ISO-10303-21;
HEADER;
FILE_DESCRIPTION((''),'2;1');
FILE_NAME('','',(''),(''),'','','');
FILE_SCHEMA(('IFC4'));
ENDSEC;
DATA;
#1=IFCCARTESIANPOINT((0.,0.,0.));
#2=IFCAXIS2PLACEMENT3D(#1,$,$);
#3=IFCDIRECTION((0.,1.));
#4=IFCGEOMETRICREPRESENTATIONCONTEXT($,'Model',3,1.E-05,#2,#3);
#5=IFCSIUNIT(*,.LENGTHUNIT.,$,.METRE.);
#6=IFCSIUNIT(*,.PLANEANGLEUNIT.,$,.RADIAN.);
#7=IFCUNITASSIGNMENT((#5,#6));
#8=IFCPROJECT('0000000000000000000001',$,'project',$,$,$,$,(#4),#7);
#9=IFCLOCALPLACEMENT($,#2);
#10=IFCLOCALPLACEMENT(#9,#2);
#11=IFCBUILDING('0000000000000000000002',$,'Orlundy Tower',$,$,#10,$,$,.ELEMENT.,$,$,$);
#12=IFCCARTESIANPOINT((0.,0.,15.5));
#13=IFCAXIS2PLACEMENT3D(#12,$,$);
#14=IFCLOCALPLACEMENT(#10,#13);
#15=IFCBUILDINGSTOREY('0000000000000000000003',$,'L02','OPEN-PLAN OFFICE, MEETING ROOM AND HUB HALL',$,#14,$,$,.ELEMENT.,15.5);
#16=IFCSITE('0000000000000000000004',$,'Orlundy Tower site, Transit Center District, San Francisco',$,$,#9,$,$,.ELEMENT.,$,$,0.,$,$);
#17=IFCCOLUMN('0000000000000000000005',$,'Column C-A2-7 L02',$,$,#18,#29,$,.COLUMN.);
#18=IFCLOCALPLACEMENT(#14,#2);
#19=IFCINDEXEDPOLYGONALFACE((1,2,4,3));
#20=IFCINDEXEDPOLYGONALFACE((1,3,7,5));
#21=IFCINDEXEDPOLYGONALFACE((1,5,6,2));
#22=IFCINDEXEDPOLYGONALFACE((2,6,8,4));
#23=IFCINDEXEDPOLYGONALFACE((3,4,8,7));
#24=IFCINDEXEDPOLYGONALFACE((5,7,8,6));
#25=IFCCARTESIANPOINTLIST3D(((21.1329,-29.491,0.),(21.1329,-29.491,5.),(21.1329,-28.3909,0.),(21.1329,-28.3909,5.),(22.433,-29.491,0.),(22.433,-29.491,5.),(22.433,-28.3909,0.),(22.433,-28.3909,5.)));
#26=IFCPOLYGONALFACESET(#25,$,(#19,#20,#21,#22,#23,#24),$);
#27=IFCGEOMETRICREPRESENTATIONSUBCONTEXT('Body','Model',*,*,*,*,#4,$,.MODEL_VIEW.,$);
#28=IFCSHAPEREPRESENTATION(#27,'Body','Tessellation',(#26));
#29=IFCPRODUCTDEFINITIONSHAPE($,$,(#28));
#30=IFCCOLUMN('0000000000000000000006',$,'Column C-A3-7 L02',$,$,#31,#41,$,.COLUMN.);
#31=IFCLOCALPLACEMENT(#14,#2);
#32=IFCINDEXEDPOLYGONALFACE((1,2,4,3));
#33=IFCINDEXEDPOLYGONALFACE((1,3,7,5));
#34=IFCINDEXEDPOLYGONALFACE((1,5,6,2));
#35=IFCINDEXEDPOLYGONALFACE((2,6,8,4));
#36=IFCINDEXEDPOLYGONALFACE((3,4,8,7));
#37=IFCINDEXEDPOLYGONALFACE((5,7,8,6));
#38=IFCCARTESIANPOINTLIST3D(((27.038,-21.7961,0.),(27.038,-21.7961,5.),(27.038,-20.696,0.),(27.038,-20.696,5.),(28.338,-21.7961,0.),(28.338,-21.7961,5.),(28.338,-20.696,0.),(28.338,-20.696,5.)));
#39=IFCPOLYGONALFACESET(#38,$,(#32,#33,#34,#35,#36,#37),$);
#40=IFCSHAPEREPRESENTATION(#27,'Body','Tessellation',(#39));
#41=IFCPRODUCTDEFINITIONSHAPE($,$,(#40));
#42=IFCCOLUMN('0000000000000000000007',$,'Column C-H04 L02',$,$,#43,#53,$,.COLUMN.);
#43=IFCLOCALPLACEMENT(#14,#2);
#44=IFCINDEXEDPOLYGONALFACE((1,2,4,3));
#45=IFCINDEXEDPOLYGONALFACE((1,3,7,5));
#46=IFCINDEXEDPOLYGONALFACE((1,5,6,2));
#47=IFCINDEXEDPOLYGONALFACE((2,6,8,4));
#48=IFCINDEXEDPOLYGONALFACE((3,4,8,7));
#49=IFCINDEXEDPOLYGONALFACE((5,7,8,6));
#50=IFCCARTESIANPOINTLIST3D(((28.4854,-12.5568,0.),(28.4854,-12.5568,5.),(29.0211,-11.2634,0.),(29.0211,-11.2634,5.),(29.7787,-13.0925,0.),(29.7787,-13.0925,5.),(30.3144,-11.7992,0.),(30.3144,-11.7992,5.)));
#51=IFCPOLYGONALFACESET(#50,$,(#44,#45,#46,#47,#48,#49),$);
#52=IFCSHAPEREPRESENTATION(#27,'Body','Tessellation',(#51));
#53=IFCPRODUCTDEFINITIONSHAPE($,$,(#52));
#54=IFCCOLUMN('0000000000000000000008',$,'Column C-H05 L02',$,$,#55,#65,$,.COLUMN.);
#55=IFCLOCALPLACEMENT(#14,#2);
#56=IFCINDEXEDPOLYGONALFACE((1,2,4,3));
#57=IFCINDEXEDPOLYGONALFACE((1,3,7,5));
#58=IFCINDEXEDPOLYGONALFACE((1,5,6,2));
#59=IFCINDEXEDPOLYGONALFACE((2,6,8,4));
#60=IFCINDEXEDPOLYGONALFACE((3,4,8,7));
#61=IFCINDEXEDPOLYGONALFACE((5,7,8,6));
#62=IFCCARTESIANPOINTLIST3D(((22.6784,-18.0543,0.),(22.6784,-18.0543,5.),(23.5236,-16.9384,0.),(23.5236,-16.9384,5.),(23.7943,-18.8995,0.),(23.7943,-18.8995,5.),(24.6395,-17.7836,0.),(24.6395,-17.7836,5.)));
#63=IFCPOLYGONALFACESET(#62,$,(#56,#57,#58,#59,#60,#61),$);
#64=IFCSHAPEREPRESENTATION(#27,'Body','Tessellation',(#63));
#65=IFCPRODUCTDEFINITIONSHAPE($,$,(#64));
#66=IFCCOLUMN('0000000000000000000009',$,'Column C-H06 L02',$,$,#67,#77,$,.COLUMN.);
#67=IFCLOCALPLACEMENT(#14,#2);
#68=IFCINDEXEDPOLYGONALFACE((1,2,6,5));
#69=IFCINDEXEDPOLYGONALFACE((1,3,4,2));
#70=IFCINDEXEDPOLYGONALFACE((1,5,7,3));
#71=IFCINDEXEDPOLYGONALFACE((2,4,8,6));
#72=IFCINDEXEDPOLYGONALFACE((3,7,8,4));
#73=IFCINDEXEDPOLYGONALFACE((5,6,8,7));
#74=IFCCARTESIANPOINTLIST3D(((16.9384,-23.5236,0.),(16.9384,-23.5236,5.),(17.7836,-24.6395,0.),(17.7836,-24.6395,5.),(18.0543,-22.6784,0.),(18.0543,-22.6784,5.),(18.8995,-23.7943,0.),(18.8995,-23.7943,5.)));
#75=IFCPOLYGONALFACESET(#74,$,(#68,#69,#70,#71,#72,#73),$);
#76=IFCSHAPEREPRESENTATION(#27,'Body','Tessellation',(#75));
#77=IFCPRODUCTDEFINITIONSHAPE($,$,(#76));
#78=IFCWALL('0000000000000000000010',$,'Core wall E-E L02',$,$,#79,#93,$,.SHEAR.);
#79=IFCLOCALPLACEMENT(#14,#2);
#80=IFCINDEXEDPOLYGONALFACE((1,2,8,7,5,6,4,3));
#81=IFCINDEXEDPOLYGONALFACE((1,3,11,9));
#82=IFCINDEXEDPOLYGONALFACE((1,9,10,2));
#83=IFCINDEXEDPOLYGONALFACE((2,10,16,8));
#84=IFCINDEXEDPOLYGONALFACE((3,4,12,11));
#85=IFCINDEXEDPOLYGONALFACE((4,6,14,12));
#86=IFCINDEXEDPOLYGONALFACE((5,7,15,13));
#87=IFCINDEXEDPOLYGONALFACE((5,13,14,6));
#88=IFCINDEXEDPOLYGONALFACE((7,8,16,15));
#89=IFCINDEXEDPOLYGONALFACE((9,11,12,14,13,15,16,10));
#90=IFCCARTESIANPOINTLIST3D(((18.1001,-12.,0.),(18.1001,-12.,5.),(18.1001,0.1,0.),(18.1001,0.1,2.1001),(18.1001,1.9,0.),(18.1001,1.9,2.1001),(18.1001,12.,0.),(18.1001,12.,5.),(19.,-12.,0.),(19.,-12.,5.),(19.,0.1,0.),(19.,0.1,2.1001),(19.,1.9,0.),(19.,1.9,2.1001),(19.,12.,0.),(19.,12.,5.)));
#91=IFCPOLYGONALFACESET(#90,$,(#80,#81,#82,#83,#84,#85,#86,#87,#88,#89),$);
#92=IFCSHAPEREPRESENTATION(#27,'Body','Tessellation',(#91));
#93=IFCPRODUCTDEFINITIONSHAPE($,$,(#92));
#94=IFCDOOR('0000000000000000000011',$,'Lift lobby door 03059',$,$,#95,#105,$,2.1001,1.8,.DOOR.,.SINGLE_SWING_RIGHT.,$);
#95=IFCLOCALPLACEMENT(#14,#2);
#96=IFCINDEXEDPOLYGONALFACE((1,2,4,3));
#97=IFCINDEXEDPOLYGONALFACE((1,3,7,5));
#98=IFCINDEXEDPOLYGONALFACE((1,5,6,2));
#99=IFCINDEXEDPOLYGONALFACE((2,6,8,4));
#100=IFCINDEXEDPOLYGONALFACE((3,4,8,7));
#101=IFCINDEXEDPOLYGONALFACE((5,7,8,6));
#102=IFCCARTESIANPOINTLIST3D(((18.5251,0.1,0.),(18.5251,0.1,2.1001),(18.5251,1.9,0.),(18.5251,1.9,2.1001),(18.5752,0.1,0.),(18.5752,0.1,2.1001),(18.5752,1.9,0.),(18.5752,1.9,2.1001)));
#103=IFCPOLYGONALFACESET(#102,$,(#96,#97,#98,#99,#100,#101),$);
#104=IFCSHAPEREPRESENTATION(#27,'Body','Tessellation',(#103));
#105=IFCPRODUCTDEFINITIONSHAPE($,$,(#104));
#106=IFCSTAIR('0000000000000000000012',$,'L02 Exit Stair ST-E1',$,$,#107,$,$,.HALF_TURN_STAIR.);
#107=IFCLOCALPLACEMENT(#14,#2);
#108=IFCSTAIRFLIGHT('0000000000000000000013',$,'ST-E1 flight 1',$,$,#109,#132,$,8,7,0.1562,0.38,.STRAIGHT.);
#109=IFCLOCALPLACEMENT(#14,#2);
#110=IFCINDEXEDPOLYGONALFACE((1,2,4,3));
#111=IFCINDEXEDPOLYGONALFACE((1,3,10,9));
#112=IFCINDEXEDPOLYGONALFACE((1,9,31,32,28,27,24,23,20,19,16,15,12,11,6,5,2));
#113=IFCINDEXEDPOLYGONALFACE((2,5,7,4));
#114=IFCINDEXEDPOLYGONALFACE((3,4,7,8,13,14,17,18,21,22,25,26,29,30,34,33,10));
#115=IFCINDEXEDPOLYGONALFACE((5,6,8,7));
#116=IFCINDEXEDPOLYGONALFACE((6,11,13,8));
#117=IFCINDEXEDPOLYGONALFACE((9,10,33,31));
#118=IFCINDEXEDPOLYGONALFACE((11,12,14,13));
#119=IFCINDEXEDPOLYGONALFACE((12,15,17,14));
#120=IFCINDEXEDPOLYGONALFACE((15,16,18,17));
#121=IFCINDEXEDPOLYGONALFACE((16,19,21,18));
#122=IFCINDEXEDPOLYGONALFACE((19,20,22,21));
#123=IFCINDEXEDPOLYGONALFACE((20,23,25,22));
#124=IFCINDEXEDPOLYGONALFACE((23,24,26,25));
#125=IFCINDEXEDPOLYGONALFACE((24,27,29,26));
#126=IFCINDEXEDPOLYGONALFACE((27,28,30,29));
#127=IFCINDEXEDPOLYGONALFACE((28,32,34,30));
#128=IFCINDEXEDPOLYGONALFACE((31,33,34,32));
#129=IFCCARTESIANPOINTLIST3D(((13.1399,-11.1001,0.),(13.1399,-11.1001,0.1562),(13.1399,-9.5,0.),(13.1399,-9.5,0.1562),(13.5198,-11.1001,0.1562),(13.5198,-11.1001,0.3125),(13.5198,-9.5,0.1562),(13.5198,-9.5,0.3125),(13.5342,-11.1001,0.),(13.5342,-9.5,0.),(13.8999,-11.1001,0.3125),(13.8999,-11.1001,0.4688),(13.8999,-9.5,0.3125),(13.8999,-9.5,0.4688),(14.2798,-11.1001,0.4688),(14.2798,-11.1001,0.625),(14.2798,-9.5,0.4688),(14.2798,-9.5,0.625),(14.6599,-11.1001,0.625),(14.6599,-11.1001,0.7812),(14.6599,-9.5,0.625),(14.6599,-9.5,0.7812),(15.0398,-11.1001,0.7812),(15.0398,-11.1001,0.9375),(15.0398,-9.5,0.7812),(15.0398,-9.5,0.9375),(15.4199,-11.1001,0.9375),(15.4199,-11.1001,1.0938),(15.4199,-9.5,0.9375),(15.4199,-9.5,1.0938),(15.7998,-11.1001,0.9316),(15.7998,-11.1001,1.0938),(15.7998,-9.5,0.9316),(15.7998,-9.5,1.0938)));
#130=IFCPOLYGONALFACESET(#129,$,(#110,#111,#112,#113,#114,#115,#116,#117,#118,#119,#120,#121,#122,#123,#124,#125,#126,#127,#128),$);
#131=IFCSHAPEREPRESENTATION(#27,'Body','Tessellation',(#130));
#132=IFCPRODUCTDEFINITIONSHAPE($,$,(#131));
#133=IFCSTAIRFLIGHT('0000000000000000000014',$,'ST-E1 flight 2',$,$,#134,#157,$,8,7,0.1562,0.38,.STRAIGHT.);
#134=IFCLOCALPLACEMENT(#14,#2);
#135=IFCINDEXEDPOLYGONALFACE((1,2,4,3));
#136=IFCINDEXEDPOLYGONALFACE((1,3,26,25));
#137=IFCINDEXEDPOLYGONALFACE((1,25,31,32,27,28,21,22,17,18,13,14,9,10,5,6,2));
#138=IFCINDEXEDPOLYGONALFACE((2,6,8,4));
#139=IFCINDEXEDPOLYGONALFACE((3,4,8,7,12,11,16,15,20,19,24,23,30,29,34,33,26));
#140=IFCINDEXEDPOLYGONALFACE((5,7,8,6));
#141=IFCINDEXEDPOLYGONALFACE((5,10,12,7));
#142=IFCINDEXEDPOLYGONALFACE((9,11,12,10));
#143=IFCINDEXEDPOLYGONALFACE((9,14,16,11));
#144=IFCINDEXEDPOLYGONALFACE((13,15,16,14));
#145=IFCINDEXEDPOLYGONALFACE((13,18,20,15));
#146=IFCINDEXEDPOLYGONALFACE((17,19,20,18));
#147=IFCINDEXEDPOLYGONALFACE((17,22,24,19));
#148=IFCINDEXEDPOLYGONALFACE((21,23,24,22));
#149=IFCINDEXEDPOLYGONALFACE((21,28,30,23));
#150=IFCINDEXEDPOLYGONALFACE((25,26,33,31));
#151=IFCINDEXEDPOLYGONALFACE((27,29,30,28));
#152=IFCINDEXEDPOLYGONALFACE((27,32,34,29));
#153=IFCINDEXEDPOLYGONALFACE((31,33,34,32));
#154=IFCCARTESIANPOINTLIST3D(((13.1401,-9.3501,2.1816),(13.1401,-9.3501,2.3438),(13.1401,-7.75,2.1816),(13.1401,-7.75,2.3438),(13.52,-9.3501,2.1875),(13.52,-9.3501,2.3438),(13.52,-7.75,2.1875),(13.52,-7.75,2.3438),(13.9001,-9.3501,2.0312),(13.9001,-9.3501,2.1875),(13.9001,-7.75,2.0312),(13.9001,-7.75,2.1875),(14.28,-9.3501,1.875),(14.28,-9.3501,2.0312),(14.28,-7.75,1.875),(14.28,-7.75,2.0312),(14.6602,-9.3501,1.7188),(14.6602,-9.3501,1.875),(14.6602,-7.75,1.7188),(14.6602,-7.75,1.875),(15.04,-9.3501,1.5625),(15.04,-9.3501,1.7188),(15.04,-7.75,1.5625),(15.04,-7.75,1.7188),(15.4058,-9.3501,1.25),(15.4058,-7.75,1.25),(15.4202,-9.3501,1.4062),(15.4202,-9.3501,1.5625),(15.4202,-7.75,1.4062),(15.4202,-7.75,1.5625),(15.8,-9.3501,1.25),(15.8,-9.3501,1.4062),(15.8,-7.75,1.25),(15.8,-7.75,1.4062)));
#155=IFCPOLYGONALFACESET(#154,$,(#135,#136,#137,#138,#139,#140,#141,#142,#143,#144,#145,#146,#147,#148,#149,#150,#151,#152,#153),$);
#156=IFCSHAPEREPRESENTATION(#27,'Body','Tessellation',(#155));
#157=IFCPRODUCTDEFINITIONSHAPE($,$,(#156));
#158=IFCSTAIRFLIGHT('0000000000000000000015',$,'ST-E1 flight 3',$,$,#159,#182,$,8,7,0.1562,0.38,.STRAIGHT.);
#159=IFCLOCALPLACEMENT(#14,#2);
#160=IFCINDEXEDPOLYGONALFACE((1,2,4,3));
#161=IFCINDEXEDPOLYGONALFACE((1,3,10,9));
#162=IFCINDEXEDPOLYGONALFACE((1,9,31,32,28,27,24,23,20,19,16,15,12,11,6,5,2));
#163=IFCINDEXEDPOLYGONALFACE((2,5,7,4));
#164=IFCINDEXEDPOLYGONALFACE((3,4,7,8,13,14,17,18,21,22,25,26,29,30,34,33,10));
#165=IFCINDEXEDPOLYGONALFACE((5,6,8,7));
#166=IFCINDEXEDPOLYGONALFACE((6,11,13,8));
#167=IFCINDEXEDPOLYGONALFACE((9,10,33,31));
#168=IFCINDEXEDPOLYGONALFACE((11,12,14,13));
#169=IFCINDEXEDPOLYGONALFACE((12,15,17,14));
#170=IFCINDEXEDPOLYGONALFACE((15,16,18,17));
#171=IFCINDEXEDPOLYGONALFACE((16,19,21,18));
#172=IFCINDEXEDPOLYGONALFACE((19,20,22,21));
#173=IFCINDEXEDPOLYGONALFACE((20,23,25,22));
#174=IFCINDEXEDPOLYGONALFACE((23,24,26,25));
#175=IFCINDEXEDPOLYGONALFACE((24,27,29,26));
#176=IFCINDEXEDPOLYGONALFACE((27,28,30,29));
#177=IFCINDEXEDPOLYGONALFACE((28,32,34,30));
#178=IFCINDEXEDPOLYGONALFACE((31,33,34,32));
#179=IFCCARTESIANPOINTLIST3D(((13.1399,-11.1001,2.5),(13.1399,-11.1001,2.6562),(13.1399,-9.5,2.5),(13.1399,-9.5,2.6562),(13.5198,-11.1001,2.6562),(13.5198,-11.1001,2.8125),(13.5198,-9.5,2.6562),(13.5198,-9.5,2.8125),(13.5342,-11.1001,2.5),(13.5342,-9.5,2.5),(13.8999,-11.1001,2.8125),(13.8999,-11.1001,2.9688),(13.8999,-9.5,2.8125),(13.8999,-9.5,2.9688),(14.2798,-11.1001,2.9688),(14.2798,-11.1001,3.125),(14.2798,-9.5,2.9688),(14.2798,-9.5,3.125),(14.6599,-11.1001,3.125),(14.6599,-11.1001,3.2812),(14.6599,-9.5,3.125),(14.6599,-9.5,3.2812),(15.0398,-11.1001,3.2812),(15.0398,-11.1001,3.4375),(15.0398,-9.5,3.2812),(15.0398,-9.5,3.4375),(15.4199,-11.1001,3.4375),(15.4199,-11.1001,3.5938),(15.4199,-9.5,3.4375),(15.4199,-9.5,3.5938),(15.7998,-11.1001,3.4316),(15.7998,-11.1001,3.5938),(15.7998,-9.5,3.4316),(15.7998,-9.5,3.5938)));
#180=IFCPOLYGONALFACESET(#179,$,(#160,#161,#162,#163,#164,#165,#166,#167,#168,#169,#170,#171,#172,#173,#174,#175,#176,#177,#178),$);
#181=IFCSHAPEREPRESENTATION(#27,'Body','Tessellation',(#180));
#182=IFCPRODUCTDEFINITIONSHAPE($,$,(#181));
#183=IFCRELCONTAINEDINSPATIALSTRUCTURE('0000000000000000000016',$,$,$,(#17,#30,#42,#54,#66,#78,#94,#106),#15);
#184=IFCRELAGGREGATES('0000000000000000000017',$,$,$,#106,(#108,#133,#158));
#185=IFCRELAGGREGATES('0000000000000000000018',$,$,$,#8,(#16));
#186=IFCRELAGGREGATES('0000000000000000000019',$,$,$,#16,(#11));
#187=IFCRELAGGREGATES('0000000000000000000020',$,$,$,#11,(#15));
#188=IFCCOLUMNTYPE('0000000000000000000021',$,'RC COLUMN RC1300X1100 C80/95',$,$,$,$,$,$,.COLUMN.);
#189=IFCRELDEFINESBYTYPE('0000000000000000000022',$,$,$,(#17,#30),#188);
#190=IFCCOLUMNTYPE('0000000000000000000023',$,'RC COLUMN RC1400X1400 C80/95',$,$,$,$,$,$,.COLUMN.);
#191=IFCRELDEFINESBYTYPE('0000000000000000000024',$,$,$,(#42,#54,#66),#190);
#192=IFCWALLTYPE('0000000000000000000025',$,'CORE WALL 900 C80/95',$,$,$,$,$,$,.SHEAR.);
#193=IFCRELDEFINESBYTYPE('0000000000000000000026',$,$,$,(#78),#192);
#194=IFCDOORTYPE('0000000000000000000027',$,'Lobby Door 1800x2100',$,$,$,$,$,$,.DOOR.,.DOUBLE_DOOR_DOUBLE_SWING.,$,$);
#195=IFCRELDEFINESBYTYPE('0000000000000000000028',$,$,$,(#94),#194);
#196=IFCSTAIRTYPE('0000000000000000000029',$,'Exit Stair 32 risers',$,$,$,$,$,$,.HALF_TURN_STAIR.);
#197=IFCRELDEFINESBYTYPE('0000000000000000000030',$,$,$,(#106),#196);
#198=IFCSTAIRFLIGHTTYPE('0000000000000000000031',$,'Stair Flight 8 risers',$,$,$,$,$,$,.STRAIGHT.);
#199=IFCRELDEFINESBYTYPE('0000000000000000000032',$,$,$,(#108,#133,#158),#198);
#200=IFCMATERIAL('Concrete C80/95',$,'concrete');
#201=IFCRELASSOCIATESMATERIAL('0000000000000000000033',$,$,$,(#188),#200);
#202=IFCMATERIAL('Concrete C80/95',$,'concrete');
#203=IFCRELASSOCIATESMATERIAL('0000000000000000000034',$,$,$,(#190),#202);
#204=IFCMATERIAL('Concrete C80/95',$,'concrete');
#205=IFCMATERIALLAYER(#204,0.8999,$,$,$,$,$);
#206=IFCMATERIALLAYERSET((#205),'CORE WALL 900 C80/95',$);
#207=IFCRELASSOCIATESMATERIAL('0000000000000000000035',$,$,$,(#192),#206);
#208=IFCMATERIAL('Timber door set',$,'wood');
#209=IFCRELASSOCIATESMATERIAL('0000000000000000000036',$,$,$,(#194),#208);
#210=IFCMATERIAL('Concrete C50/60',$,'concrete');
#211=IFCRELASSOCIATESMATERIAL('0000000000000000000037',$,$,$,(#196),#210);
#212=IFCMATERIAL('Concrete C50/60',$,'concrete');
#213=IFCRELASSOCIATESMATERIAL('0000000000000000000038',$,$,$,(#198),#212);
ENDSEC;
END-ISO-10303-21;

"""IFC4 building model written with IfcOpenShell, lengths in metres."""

from ifc_helpers import new_model, si_unit, direction, frame, frame_2d, origin, origin_2d, place, context, subcontext, project, spatial, polyline, rectangle, outline, extrude, material, layer, layer_set, material_profile, profile_set, type_object, element, fill, aggregate, save


model = new_model("IFC4")

# Units and contexts
model_context = context("Model", 3, precision=1e-05, world=origin(), true_north=direction((0.0, 1.0)))
body_context = subcontext(model_context, "Body", "Model", "MODEL_VIEW")
ifc_project = project(units=[si_unit("LENGTHUNIT", "METRE"), si_unit("PLANEANGLEUNIT", "RADIAN")], contexts=[model_context])

# Site, building, storey
site_placement = place(None, origin())
site = spatial("IfcSite", under=ifc_project, at=site_placement, Name="Orlundy Tower site, Transit Center District, San Francisco", CompositionType="ELEMENT", RefElevation=0.0)
building_placement = place(site_placement, origin())
building = spatial("IfcBuilding", under=site, at=building_placement, Name="Orlundy Tower", CompositionType="ELEMENT")
storey_placement = place(building_placement, frame((0.0, 0.0, 15.5)))
storey = spatial("IfcBuildingStorey", under=building, at=storey_placement, Name="L02", Description="OPEN-PLAN OFFICE, MEETING ROOM AND HUB HALL", CompositionType="ELEMENT", Elevation=15.5)

# Columns
ifc_material_1 = material(Name="Concrete C80/95", Category="concrete")
ifc_material_profile_1 = material_profile(ifc_material_1, rectangle(XDim=1.3, YDim=1.1001, at=origin_2d()), Name="RC1300X1100")
ifc_profile_set_1 = profile_set([ifc_material_profile_1], Name="Concrete C80/95")
column_type_1 = type_object("IfcColumnType", Name="RC COLUMN RC1300X1100 C80/95", PredefinedType="COLUMN", material=ifc_profile_set_1)
for number, where, z_axis, x_axis, name in (
    (1, (21.783, -28.9409, 0.0), (0.0, 0.0, 1.0), (1.0, 0.0, 0.0), "Column C-A2-7 L02"),
    (2, (27.688, -21.2461, 0.0), (0.0, 0.0, 1.0), (1.0, 0.0, 0.0), "Column C-A3-7 L02"),
):
    element("IfcColumn", number, at=place(storey_placement, frame(where, z_axis=z_axis, x_axis=x_axis)), inside=storey, type_object=column_type_1, Name=name, PredefinedType="COLUMN", context=body_context, shape_type="SweptSolid", body=[
        extrude(rectangle(XDim=1.3, YDim=1.1001, at=origin_2d()), origin(), (0.0, 0.0, 1.0), 5.0),
    ])
ifc_material_2 = material(Name="Concrete C80/95", Category="concrete")
ifc_material_profile_2 = material_profile(ifc_material_2, rectangle(XDim=1.3999, YDim=1.3999, at=origin_2d()), Name="RC1400X1400")
ifc_profile_set_2 = profile_set([ifc_material_profile_2], Name="Concrete C80/95")
column_type_2 = type_object("IfcColumnType", Name="RC COLUMN RC1400X1400 C80/95", PredefinedType="COLUMN", material=ifc_profile_set_2)
for number, where, z_axis, x_axis, name in (
    (3, (29.3999, -12.178, 0.0), (0.0, 0.0, 1.0), (0.92388, -0.382683, 0.0), "Column C-H04 L02"),
    (4, (23.6589, -17.9189, 0.0), (0.0, 0.0, 1.0), (0.797163, -0.603765, 0.0), "Column C-H05 L02"),
    (5, (17.9189, -23.6589, 0.0), (0.0, 0.0, 1.0), (0.603765, -0.797163, 0.0), "Column C-H06 L02"),
):
    element("IfcColumn", number, at=place(storey_placement, frame(where, z_axis=z_axis, x_axis=x_axis)), inside=storey, type_object=column_type_2, Name=name, PredefinedType="COLUMN", context=body_context, shape_type="SweptSolid", body=[
        extrude(rectangle(XDim=1.3999, YDim=1.3999, at=origin_2d()), origin(), (0.0, 0.0, 1.0), 5.0),
    ])

# Wall, opening, door
ifc_material_3 = material(Name="Concrete C80/95", Category="concrete")
ifc_layer = layer(ifc_material_3, 0.8999)
ifc_layer_set = layer_set([ifc_layer], Name="CORE WALL 900 C80/95")
wall_type = type_object("IfcWallType", Name="CORE WALL 900 C80/95", PredefinedType="SHEAR", material=ifc_layer_set)
wall_placement = place(storey_placement, frame((18.55, -12.0, 0.0), z_axis=(0.0, 0.0, 1.0), x_axis=(0.0, 1.0, 0.0)))
wall = element("IfcWall", 6, at=wall_placement, inside=storey, type_object=wall_type, Name="Core wall E-E L02", PredefinedType="SHEAR", context=body_context, shape_type="SweptSolid", body=[
    extrude(rectangle(XDim=24.0, YDim=0.8999, at=frame_2d((12.0, 0.0))), origin(), (0.0, 0.0, 1.0), 5.0),
])
opening_placement = place(wall_placement, frame((12.1001, 0.0, 0.0)))
opening = element("IfcOpeningElement", 7, at=opening_placement, cuts=wall, PredefinedType="OPENING", context=body_context, shape_type="SweptSolid", body=[
    extrude(rectangle(XDim=1.8, YDim=2.1001, at=frame_2d((0.8999, 1.05))), frame((0.0, 0.46, 0.0), z_axis=(0.0, -1.0, 0.0), x_axis=(1.0, 0.0, 0.0)), (0.0, 0.0, 1.0), 0.9199),
])
ifc_material_4 = material(Name="Timber door set", Category="wood")
door_type = type_object("IfcDoorType", Name="Lobby Door 1800x2100", OperationType="DOUBLE_DOOR_DOUBLE_SWING", PredefinedType="DOOR", material=ifc_material_4)
door_placement = place(opening_placement, origin())
door = element("IfcDoor", 8, at=door_placement, inside=storey, type_object=door_type, Name="Lift lobby door 03059", OperationType="SINGLE_SWING_RIGHT", OverallHeight=2.1001, OverallWidth=1.8, PredefinedType="DOOR", context=body_context, shape_type="SweptSolid", body=[
    extrude(rectangle(XDim=1.8, YDim=2.1001, at=frame_2d((0.8999, 1.05))), frame((0.0, 0.0249, 0.0), z_axis=(0.0, -1.0, 0.0), x_axis=(1.0, 0.0, 0.0)), (0.0, 0.0, 1.0), 0.05),
])
fill(opening, door)

# Stair, stair flights
ifc_material_5 = material(Name="Concrete C50/60", Category="concrete")
stair_type = type_object("IfcStairType", Name="Exit Stair 32 risers", PredefinedType="HALF_TURN_STAIR", material=ifc_material_5)
stair_placement = place(storey_placement, origin())
stair = element("IfcStair", 9, at=stair_placement, inside=storey, type_object=stair_type, Name="L02 Exit Stair ST-E1", PredefinedType="HALF_TURN_STAIR")
ifc_material_6 = material(Name="Concrete C50/60", Category="concrete")
stair_flight_type = type_object("IfcStairFlightType", Name="Stair Flight 8 risers", PredefinedType="STRAIGHT", material=ifc_material_6)
stair_flight_1_placement = place(storey_placement, frame((13.1399, -10.3, 0.0), z_axis=(0.0, 0.0, 1.0), x_axis=(1.0, 0.0, 0.0)))
stair_flight_1 = element("IfcStairFlight", 10, at=stair_flight_1_placement, type_object=stair_flight_type, Name="ST-E1 flight 1", NumberOfRisers=8, NumberOfTreads=7, PredefinedType="STRAIGHT", RiserHeight=0.1562, TreadLength=0.38, context=body_context, shape_type="SweptSolid", body=[
    extrude(outline(polyline([(0.0, 0.0), (0.0, 0.1562), (0.3799, 0.1562), (0.3799, 0.3125), (0.76, 0.3125), (0.76, 0.4688), (1.1399, 0.4688), (1.1399, 0.625), (1.52, 0.625), (1.52, 0.7812), (1.8999, 0.7812), (1.8999, 0.9375), (2.28, 0.9375), (2.28, 1.0938), (2.6599, 1.0938), (2.6599, 1.25), (2.6599, 0.9316), (0.3943, 0.0), (0.0, 0.0)])), frame((0.0, 0.8, 0.0), z_axis=(0.0, -1.0, 0.0), x_axis=(1.0, 0.0, 0.0)), (0.0, 0.0, 1.0), 1.6001),
])
stair_flight_2_placement = place(storey_placement, frame((15.8, -8.55, 1.25), z_axis=(0.0, 0.0, 1.0), x_axis=(-1.0, 0.0, 0.0)))
stair_flight_2 = element("IfcStairFlight", 11, at=stair_flight_2_placement, type_object=stair_flight_type, Name="ST-E1 flight 2", NumberOfRisers=8, NumberOfTreads=7, PredefinedType="STRAIGHT", RiserHeight=0.1562, TreadLength=0.38, context=body_context, shape_type="SweptSolid", body=[
    extrude(outline(polyline([(0.0, 0.0), (0.0, 0.1562), (0.3799, 0.1562), (0.3799, 0.3125), (0.76, 0.3125), (0.76, 0.4688), (1.1399, 0.4688), (1.1399, 0.625), (1.52, 0.625), (1.52, 0.7812), (1.8999, 0.7812), (1.8999, 0.9375), (2.28, 0.9375), (2.28, 1.0938), (2.6599, 1.0938), (2.6599, 1.25), (2.6599, 0.9316), (0.3943, 0.0), (0.0, 0.0)])), frame((0.0, 0.8, 0.0), z_axis=(0.0, -1.0, 0.0), x_axis=(1.0, 0.0, 0.0)), (0.0, 0.0, 1.0), 1.6001),
])
stair_flight_3_placement = place(storey_placement, frame((13.1399, -10.3, 2.5), z_axis=(0.0, 0.0, 1.0), x_axis=(1.0, 0.0, 0.0)))
stair_flight_3 = element("IfcStairFlight", 12, at=stair_flight_3_placement, type_object=stair_flight_type, Name="ST-E1 flight 3", NumberOfRisers=8, NumberOfTreads=7, PredefinedType="STRAIGHT", RiserHeight=0.1562, TreadLength=0.38, context=body_context, shape_type="SweptSolid", body=[
    extrude(outline(polyline([(0.0, 0.0), (0.0, 0.1562), (0.3799, 0.1562), (0.3799, 0.3125), (0.76, 0.3125), (0.76, 0.4688), (1.1399, 0.4688), (1.1399, 0.625), (1.52, 0.625), (1.52, 0.7812), (1.8999, 0.7812), (1.8999, 0.9375), (2.28, 0.9375), (2.28, 1.0938), (2.6599, 1.0938), (2.6599, 1.25), (2.6599, 0.9316), (0.3943, 0.0), (0.0, 0.0)])), frame((0.0, 0.8, 0.0), z_axis=(0.0, -1.0, 0.0), x_axis=(1.0, 0.0, 0.0)), (0.0, 0.0, 1.0), 1.6001),
])
aggregate(stair, [stair_flight_1, stair_flight_2, stair_flight_3])

save(model, "model.ifc")
